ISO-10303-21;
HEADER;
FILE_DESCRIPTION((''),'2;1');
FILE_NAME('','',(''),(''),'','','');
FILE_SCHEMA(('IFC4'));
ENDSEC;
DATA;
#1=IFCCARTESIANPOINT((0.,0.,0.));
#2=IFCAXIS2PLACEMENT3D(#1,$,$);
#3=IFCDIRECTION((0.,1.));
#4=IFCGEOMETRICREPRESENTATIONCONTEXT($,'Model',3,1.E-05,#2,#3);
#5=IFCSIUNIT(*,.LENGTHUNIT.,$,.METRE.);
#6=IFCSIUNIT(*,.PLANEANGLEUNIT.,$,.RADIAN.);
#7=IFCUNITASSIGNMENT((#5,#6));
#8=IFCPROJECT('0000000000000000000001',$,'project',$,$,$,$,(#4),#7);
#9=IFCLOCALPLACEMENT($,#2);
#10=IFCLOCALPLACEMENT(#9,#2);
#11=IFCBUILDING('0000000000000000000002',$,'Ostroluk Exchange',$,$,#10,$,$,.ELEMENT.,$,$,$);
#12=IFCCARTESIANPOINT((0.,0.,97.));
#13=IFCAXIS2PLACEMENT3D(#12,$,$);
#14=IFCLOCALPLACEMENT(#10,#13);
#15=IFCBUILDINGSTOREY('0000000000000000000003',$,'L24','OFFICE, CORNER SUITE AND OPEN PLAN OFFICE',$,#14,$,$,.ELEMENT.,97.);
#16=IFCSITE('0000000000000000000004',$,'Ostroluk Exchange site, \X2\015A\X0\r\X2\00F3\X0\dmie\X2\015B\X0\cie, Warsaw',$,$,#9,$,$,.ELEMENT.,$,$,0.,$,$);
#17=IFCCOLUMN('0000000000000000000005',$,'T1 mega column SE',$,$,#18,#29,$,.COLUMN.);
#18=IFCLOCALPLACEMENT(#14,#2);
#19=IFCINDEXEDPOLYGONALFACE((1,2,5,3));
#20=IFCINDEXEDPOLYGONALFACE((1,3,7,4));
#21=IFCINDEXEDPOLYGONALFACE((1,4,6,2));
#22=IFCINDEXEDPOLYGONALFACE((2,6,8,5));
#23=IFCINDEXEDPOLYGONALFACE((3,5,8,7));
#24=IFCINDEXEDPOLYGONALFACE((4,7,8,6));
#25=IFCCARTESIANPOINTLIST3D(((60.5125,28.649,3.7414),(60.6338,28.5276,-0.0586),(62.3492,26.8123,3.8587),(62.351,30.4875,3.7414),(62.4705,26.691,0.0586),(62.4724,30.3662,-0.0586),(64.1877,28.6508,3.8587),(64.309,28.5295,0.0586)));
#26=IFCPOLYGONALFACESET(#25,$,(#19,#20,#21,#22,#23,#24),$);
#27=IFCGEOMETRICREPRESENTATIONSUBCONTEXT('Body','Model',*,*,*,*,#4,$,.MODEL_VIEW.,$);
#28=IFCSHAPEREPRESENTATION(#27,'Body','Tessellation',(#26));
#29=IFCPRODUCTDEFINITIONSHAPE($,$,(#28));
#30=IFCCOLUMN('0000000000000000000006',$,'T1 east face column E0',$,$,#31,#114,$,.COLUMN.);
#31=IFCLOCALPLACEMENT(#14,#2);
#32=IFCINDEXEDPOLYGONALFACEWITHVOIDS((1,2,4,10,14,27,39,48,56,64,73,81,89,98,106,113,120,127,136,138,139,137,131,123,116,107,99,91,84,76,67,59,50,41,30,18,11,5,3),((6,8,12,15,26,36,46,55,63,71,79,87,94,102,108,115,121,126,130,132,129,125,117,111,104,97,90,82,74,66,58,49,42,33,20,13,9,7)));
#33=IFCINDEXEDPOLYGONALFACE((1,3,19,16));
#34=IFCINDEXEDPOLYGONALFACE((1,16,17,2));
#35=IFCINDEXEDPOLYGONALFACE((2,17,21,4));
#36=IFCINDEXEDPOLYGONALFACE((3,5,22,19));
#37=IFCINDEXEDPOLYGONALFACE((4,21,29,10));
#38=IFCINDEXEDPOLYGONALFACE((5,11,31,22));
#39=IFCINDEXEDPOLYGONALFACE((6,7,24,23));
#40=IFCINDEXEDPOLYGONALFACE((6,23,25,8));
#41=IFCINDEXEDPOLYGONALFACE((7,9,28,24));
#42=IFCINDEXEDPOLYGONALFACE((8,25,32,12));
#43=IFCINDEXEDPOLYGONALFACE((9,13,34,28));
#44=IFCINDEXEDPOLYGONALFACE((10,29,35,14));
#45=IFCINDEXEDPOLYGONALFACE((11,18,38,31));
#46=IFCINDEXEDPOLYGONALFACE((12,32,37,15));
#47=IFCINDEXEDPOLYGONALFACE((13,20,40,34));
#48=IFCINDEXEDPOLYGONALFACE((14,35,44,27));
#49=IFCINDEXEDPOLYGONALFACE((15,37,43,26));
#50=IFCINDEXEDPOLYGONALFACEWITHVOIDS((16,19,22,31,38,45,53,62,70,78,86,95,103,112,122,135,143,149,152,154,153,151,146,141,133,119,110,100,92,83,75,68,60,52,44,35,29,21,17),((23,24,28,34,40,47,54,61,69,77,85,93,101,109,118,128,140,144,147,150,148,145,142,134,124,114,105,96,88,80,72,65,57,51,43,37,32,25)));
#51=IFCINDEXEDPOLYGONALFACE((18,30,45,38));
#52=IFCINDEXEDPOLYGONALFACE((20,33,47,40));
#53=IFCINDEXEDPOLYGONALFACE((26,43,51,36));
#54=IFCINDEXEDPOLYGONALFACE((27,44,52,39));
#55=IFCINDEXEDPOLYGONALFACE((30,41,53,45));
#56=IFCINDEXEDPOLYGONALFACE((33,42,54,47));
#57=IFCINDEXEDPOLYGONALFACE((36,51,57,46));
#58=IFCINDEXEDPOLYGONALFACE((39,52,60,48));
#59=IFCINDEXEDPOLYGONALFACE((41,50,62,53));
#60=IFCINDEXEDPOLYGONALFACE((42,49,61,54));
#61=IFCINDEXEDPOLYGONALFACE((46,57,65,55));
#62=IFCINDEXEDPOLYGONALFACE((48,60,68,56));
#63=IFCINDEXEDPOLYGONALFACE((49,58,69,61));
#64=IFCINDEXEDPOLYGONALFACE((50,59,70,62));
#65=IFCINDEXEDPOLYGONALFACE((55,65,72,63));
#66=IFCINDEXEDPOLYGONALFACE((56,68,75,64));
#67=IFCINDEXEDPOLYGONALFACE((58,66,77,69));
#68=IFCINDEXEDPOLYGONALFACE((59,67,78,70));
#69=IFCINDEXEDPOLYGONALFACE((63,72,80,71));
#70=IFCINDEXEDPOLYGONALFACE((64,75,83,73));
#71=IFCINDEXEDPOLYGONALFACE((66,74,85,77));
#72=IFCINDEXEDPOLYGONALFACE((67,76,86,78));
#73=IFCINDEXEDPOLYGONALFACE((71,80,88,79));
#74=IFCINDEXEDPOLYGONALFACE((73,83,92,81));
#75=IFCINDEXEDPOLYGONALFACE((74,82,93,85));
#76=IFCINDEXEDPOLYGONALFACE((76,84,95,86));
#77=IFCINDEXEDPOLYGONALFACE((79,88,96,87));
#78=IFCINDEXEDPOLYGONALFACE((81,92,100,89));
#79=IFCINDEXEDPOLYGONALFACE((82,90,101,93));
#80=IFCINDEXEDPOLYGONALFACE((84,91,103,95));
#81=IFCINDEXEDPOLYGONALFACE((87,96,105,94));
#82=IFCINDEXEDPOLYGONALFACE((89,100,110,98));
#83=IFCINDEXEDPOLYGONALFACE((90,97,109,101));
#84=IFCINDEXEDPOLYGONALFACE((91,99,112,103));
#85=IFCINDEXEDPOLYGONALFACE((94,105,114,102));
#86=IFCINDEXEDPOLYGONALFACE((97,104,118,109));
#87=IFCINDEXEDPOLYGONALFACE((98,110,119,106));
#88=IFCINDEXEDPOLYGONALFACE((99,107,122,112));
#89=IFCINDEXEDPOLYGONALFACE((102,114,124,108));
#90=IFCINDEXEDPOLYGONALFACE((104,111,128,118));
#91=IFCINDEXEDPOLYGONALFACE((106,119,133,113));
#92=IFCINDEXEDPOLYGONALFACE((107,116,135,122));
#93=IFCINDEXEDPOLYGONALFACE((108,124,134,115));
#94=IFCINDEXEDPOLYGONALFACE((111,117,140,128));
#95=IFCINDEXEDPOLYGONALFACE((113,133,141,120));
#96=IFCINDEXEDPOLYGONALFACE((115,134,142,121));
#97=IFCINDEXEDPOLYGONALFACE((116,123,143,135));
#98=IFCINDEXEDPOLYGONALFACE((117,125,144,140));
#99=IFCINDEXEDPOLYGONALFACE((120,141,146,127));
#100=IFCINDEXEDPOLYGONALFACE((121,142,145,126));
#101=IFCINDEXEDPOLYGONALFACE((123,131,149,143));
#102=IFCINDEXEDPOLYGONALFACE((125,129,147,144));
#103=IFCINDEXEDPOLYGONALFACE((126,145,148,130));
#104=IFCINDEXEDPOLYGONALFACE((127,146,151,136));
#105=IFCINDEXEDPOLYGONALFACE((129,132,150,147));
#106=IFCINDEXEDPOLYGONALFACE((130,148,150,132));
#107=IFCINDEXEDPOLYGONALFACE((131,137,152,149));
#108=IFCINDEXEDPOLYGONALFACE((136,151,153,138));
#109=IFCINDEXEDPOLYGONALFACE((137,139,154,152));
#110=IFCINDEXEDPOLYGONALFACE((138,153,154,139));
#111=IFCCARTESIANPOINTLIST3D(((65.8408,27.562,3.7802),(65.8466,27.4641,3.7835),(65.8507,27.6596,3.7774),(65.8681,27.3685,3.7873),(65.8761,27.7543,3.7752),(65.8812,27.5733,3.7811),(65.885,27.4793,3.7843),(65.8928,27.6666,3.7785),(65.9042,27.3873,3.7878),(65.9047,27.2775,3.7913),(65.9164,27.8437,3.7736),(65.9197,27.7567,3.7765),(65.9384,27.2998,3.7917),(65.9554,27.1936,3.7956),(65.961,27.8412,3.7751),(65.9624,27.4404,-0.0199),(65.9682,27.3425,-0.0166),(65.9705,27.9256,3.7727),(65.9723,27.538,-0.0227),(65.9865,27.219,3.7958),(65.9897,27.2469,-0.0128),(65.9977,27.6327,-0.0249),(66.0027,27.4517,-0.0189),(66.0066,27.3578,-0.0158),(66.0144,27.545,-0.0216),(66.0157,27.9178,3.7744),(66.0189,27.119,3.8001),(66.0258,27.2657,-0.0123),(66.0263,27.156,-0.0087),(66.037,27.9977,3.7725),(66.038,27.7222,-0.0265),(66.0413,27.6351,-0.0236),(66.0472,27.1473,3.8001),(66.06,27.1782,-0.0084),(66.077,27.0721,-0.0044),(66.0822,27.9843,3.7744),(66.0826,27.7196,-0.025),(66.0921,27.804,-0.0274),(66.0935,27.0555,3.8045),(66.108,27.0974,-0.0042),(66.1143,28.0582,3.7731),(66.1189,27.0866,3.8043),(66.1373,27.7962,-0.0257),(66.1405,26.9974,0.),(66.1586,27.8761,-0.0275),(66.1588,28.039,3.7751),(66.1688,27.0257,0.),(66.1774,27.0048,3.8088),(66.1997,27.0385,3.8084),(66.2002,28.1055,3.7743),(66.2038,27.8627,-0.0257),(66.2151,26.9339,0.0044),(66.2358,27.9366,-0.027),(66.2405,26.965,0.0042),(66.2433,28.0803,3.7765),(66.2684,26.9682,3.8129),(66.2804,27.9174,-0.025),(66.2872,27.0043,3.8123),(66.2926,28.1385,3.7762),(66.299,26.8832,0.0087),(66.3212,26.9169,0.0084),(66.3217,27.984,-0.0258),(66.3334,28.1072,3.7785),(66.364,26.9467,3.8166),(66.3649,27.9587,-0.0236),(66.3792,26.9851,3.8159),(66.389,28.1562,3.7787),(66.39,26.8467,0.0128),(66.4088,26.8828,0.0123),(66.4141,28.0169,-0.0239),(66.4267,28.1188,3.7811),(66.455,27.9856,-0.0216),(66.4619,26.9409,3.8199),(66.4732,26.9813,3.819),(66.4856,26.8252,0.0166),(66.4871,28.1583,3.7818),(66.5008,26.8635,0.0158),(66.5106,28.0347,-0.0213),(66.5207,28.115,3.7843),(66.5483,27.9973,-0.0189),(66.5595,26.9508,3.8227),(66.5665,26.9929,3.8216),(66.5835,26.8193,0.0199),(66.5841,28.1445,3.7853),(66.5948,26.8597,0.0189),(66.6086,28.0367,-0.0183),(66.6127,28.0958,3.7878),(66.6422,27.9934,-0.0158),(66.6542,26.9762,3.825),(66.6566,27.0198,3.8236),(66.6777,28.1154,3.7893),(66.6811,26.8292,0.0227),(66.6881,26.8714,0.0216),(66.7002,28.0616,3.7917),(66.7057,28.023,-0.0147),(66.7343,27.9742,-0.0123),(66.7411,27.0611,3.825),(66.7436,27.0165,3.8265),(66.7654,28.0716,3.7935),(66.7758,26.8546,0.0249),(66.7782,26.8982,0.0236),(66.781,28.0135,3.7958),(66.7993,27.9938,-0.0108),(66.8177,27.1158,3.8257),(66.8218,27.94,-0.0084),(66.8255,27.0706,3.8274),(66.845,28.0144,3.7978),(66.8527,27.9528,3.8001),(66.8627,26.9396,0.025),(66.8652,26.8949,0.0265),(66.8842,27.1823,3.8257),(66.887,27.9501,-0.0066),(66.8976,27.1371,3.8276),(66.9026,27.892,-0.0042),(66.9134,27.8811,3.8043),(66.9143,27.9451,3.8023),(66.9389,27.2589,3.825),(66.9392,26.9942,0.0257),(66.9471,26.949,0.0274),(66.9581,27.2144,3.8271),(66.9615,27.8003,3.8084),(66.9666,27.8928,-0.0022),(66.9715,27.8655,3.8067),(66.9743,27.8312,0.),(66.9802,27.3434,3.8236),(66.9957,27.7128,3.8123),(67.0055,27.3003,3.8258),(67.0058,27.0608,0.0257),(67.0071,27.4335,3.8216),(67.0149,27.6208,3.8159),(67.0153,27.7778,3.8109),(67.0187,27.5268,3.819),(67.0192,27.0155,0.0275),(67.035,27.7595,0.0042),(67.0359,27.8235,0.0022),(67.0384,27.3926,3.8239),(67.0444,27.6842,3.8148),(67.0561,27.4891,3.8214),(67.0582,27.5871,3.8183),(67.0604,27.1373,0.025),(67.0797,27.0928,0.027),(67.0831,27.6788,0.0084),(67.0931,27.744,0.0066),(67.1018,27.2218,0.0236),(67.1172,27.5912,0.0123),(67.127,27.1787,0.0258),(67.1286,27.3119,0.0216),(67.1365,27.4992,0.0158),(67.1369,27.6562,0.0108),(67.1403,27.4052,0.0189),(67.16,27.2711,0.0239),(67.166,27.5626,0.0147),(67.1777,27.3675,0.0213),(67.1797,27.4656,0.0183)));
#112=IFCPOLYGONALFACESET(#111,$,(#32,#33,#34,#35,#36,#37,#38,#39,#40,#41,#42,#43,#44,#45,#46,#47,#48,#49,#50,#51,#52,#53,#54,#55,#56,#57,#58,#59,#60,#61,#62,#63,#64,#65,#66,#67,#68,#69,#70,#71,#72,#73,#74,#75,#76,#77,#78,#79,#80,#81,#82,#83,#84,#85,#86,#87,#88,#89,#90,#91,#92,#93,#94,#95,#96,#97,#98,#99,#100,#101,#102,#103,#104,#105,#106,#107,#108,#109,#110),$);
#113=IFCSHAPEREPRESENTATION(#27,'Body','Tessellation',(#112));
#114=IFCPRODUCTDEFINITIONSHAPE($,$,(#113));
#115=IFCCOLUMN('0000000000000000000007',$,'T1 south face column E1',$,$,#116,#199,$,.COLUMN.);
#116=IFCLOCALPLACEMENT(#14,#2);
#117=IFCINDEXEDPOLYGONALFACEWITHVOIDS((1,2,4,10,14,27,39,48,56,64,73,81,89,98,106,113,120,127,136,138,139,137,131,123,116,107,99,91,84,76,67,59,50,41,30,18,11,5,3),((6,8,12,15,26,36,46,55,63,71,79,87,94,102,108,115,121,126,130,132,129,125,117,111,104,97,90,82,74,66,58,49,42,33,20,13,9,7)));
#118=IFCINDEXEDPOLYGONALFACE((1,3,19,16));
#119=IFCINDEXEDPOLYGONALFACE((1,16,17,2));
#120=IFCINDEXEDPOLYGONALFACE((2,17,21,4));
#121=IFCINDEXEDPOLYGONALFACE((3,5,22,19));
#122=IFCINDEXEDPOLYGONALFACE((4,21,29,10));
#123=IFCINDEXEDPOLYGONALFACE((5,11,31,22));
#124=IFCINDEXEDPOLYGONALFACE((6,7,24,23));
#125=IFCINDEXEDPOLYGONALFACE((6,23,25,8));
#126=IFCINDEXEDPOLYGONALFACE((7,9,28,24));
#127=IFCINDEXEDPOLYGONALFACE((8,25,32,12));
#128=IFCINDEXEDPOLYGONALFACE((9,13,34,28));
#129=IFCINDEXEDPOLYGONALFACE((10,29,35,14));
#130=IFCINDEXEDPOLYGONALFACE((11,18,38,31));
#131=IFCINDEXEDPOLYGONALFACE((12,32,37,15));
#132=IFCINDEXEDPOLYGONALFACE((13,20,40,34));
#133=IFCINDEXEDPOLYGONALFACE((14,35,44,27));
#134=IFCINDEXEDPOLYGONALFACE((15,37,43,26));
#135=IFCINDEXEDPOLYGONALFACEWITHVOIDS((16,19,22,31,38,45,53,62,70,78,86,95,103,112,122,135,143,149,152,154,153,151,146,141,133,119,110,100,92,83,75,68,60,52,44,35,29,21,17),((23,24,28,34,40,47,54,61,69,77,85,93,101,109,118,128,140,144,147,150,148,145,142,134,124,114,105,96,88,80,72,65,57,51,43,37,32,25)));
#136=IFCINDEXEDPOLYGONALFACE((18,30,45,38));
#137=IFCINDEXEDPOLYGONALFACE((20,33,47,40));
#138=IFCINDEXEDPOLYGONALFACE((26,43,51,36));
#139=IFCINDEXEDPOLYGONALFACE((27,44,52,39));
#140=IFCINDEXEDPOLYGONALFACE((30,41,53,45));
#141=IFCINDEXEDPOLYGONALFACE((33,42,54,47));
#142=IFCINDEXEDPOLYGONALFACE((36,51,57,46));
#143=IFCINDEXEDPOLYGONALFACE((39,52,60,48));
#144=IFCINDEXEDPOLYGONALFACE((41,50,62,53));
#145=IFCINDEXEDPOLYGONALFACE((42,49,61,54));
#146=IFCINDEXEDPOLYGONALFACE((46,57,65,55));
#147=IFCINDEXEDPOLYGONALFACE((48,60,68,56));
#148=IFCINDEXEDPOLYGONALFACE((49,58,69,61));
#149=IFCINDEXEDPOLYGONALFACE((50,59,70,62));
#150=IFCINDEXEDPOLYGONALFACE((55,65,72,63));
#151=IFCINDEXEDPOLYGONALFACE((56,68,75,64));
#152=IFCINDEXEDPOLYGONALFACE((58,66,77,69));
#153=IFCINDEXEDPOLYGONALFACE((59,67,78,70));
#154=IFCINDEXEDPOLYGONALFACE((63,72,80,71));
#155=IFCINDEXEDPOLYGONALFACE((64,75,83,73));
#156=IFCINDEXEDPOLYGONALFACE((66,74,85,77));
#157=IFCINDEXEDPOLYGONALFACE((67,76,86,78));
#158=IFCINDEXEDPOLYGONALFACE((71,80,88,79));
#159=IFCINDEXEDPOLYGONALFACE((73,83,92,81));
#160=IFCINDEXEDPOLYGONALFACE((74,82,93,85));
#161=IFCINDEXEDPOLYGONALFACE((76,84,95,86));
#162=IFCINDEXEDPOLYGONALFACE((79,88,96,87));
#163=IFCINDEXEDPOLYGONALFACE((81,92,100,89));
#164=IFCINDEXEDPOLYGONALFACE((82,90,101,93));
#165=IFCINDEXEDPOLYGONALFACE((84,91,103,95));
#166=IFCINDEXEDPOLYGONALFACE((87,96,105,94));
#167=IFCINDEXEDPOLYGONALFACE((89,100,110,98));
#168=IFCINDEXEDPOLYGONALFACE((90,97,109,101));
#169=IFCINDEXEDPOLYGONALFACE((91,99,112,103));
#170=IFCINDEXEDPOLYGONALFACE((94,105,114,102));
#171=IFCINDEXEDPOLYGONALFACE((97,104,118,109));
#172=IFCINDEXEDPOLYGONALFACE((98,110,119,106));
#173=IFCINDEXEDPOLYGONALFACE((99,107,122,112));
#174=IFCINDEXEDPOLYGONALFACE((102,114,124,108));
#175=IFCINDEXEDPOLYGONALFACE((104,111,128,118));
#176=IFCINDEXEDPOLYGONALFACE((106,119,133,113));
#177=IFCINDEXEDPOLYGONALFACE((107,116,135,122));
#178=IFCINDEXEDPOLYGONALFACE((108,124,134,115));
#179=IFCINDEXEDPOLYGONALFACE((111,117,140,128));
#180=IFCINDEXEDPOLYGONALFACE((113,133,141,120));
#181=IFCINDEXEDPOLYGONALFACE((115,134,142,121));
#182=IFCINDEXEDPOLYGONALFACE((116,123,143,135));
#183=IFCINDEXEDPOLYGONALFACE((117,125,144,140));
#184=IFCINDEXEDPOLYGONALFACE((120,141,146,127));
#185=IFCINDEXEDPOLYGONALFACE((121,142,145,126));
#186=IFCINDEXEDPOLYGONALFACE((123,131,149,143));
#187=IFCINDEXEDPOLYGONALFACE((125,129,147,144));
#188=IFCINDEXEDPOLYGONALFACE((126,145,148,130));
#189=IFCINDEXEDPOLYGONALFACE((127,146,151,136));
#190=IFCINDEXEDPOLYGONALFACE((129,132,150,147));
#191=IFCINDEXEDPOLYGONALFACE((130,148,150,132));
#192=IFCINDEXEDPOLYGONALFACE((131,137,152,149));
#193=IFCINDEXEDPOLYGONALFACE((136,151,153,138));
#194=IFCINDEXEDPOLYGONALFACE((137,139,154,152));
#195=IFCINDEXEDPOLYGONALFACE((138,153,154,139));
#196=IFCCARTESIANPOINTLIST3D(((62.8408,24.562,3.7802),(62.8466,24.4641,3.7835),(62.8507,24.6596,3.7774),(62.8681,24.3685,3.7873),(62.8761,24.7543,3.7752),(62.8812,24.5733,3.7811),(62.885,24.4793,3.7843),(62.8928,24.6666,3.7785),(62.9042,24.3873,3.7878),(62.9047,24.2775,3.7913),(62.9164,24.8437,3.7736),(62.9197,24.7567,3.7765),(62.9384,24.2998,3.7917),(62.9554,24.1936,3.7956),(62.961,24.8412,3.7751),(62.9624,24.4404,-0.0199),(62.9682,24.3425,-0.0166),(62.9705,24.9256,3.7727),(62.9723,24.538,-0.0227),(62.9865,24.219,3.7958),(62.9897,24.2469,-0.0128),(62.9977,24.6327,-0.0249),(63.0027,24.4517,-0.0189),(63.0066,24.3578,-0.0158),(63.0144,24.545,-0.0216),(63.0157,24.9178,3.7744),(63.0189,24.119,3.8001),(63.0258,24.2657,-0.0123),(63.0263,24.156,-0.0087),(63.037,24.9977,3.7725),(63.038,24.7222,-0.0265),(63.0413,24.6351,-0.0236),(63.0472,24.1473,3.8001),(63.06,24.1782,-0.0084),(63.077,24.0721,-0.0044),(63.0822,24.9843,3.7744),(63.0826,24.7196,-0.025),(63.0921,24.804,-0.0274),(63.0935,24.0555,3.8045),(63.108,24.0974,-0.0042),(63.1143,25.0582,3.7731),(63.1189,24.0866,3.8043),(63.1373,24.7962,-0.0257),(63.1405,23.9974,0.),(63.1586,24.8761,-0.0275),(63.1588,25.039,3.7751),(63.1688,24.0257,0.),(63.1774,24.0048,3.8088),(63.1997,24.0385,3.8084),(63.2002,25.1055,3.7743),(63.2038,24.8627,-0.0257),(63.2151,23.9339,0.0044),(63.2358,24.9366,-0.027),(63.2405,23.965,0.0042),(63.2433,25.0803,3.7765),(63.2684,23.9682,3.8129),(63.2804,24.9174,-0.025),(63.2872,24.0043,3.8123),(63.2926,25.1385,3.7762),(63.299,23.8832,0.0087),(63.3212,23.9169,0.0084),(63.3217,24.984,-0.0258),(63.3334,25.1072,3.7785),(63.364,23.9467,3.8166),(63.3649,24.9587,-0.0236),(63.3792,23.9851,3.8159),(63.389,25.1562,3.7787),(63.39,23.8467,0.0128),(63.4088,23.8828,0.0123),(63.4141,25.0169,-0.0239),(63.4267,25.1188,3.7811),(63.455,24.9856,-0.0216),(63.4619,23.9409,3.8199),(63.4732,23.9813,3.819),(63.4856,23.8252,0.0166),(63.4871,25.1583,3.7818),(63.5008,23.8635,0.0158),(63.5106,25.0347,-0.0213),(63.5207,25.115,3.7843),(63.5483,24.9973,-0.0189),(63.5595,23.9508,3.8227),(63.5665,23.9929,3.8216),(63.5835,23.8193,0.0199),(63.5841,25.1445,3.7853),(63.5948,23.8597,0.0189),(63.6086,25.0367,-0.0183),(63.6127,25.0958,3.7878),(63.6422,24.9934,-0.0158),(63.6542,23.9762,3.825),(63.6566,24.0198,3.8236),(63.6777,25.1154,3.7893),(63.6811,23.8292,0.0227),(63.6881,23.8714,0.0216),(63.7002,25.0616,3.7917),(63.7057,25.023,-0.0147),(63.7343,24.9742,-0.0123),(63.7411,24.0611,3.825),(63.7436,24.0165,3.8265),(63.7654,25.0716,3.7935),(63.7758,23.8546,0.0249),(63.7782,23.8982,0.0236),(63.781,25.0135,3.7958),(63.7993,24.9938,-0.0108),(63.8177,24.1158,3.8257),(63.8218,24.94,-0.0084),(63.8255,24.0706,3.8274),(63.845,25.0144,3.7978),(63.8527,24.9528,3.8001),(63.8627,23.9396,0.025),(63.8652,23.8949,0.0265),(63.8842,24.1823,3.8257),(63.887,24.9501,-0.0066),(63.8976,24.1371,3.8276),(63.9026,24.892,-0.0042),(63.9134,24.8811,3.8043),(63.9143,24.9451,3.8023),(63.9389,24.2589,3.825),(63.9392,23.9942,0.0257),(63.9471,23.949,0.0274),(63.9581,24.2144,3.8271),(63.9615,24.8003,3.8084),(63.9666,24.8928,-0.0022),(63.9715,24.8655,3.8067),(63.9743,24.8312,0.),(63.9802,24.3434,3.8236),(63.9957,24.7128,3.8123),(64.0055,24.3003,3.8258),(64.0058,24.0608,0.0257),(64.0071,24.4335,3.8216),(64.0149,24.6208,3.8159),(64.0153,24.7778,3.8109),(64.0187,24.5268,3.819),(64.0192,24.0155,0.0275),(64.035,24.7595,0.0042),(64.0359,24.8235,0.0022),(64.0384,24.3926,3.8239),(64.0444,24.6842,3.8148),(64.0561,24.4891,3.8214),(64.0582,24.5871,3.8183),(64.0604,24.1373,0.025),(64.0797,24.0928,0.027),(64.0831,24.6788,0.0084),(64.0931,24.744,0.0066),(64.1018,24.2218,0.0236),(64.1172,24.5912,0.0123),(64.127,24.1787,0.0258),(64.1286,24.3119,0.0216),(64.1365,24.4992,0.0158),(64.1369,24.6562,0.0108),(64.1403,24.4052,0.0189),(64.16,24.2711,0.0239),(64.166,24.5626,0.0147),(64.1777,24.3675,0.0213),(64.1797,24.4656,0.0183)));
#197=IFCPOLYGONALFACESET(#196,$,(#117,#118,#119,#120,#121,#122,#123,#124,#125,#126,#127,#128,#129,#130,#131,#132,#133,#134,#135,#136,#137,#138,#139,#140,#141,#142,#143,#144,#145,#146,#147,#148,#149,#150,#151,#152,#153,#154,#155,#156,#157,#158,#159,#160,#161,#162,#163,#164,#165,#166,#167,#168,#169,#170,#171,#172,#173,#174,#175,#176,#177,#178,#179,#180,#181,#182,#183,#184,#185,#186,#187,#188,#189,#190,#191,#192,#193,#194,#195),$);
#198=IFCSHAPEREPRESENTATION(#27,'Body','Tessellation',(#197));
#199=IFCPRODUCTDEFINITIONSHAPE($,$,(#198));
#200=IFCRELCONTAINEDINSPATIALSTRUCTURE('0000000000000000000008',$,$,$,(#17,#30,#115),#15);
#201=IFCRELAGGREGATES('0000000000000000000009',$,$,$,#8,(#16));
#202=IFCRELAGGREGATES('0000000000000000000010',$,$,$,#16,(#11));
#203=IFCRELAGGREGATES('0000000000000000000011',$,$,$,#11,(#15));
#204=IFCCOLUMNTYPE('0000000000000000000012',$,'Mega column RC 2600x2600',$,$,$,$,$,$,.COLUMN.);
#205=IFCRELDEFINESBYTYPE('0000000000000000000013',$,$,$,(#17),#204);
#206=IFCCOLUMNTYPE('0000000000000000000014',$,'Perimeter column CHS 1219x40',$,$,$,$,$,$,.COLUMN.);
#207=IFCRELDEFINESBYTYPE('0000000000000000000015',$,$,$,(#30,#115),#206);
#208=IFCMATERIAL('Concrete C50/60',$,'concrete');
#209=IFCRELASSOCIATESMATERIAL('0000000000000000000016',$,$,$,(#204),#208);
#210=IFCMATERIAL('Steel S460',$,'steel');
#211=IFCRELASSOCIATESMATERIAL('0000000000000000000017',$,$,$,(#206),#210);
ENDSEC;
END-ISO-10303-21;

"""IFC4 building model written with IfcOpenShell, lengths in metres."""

from ifc_helpers import new_model, si_unit, direction, frame, origin, origin_2d, place, context, subcontext, project, spatial, rectangle, hollow_circle, extrude, material, material_profile, profile_set, type_object, element, save


model = new_model("IFC4")

# Units and contexts
model_context = context("Model", 3, precision=1e-05, world=origin(), true_north=direction((0.0, 1.0)))
body_context = subcontext(model_context, "Body", "Model", "MODEL_VIEW")
ifc_project = project(units=[si_unit("LENGTHUNIT", "METRE"), si_unit("PLANEANGLEUNIT", "RADIAN")], contexts=[model_context])

# Site, building, storey
site_placement = place(None, origin())
site = spatial("IfcSite", under=ifc_project, at=site_placement, Name="Ostroluk Exchange site, Śródmieście, Warsaw", CompositionType="ELEMENT", RefElevation=0.0)
building_placement = place(site_placement, origin())
building = spatial("IfcBuilding", under=site, at=building_placement, Name="Ostroluk Exchange", CompositionType="ELEMENT")
storey_placement = place(building_placement, frame((0.0, 0.0, 97.0)))
storey = spatial("IfcBuildingStorey", under=building, at=storey_placement, Name="L24", Description="OFFICE, CORNER SUITE AND OPEN PLAN OFFICE", CompositionType="ELEMENT", Elevation=97.0)

# Columns
ifc_material_1 = material(Name="Concrete C50/60", Category="concrete")
ifc_material_profile_1 = material_profile(ifc_material_1, rectangle(XDim=2.6001, YDim=2.6001, at=origin_2d()), Name="RC 2600x2600")
ifc_profile_set_1 = profile_set([ifc_material_profile_1], Name="Concrete C50/60")
column_type_1 = type_object("IfcColumnType", Name="Mega column RC 2600x2600", PredefinedType="COLUMN", material=ifc_profile_set_1)
column_placement = place(storey_placement, frame((62.4714, 28.5286, 0.0), z_axis=(-0.031898, 0.031898, 0.998982), x_axis=(-0.707107, -0.707107, 0.0)))
element("IfcColumn", 1, at=column_placement, inside=storey, type_object=column_type_1, Name="T1 mega column SE", PredefinedType="COLUMN", context=body_context, shape_type="SweptSolid", body=[
    extrude(rectangle(XDim=2.6001, YDim=2.6001, at=origin_2d()), origin(), (0.0, 0.0, 1.0), 3.804),
])
ifc_material_2 = material(Name="Steel S460", Category="steel")
ifc_material_profile_2 = material_profile(ifc_material_2, hollow_circle(Radius=0.6096, WallThickness=0.04, at=origin_2d()), Name="CHS 1219x40")
ifc_profile_set_2 = profile_set([ifc_material_profile_2], Name="Steel S460")
column_type_2 = type_object("IfcColumnType", Name="Perimeter column CHS 1219x40", PredefinedType="COLUMN", material=ifc_profile_set_2)
for number, where, z_axis, x_axis, name in (
    (2, (66.5715, 27.4285, 0.0), (-0.031962, 0.031962, 0.998978), (-0.707107, -0.707107, 0.0), "T1 east face column E0"),
    (3, (63.5715, 24.4285, 0.0), (-0.031962, 0.031962, 0.998978), (-0.707107, -0.707107, 0.0), "T1 south face column E1"),
):
    element("IfcColumn", number, at=place(storey_placement, frame(where, z_axis=z_axis, x_axis=x_axis)), inside=storey, type_object=column_type_2, Name=name, PredefinedType="COLUMN", context=body_context, shape_type="SweptSolid", body=[
        extrude(hollow_circle(Radius=0.6096, WallThickness=0.04, at=origin_2d()), origin(), (0.0, 0.0, 1.0), 3.804),
    ])

save(model, "model.ifc")
